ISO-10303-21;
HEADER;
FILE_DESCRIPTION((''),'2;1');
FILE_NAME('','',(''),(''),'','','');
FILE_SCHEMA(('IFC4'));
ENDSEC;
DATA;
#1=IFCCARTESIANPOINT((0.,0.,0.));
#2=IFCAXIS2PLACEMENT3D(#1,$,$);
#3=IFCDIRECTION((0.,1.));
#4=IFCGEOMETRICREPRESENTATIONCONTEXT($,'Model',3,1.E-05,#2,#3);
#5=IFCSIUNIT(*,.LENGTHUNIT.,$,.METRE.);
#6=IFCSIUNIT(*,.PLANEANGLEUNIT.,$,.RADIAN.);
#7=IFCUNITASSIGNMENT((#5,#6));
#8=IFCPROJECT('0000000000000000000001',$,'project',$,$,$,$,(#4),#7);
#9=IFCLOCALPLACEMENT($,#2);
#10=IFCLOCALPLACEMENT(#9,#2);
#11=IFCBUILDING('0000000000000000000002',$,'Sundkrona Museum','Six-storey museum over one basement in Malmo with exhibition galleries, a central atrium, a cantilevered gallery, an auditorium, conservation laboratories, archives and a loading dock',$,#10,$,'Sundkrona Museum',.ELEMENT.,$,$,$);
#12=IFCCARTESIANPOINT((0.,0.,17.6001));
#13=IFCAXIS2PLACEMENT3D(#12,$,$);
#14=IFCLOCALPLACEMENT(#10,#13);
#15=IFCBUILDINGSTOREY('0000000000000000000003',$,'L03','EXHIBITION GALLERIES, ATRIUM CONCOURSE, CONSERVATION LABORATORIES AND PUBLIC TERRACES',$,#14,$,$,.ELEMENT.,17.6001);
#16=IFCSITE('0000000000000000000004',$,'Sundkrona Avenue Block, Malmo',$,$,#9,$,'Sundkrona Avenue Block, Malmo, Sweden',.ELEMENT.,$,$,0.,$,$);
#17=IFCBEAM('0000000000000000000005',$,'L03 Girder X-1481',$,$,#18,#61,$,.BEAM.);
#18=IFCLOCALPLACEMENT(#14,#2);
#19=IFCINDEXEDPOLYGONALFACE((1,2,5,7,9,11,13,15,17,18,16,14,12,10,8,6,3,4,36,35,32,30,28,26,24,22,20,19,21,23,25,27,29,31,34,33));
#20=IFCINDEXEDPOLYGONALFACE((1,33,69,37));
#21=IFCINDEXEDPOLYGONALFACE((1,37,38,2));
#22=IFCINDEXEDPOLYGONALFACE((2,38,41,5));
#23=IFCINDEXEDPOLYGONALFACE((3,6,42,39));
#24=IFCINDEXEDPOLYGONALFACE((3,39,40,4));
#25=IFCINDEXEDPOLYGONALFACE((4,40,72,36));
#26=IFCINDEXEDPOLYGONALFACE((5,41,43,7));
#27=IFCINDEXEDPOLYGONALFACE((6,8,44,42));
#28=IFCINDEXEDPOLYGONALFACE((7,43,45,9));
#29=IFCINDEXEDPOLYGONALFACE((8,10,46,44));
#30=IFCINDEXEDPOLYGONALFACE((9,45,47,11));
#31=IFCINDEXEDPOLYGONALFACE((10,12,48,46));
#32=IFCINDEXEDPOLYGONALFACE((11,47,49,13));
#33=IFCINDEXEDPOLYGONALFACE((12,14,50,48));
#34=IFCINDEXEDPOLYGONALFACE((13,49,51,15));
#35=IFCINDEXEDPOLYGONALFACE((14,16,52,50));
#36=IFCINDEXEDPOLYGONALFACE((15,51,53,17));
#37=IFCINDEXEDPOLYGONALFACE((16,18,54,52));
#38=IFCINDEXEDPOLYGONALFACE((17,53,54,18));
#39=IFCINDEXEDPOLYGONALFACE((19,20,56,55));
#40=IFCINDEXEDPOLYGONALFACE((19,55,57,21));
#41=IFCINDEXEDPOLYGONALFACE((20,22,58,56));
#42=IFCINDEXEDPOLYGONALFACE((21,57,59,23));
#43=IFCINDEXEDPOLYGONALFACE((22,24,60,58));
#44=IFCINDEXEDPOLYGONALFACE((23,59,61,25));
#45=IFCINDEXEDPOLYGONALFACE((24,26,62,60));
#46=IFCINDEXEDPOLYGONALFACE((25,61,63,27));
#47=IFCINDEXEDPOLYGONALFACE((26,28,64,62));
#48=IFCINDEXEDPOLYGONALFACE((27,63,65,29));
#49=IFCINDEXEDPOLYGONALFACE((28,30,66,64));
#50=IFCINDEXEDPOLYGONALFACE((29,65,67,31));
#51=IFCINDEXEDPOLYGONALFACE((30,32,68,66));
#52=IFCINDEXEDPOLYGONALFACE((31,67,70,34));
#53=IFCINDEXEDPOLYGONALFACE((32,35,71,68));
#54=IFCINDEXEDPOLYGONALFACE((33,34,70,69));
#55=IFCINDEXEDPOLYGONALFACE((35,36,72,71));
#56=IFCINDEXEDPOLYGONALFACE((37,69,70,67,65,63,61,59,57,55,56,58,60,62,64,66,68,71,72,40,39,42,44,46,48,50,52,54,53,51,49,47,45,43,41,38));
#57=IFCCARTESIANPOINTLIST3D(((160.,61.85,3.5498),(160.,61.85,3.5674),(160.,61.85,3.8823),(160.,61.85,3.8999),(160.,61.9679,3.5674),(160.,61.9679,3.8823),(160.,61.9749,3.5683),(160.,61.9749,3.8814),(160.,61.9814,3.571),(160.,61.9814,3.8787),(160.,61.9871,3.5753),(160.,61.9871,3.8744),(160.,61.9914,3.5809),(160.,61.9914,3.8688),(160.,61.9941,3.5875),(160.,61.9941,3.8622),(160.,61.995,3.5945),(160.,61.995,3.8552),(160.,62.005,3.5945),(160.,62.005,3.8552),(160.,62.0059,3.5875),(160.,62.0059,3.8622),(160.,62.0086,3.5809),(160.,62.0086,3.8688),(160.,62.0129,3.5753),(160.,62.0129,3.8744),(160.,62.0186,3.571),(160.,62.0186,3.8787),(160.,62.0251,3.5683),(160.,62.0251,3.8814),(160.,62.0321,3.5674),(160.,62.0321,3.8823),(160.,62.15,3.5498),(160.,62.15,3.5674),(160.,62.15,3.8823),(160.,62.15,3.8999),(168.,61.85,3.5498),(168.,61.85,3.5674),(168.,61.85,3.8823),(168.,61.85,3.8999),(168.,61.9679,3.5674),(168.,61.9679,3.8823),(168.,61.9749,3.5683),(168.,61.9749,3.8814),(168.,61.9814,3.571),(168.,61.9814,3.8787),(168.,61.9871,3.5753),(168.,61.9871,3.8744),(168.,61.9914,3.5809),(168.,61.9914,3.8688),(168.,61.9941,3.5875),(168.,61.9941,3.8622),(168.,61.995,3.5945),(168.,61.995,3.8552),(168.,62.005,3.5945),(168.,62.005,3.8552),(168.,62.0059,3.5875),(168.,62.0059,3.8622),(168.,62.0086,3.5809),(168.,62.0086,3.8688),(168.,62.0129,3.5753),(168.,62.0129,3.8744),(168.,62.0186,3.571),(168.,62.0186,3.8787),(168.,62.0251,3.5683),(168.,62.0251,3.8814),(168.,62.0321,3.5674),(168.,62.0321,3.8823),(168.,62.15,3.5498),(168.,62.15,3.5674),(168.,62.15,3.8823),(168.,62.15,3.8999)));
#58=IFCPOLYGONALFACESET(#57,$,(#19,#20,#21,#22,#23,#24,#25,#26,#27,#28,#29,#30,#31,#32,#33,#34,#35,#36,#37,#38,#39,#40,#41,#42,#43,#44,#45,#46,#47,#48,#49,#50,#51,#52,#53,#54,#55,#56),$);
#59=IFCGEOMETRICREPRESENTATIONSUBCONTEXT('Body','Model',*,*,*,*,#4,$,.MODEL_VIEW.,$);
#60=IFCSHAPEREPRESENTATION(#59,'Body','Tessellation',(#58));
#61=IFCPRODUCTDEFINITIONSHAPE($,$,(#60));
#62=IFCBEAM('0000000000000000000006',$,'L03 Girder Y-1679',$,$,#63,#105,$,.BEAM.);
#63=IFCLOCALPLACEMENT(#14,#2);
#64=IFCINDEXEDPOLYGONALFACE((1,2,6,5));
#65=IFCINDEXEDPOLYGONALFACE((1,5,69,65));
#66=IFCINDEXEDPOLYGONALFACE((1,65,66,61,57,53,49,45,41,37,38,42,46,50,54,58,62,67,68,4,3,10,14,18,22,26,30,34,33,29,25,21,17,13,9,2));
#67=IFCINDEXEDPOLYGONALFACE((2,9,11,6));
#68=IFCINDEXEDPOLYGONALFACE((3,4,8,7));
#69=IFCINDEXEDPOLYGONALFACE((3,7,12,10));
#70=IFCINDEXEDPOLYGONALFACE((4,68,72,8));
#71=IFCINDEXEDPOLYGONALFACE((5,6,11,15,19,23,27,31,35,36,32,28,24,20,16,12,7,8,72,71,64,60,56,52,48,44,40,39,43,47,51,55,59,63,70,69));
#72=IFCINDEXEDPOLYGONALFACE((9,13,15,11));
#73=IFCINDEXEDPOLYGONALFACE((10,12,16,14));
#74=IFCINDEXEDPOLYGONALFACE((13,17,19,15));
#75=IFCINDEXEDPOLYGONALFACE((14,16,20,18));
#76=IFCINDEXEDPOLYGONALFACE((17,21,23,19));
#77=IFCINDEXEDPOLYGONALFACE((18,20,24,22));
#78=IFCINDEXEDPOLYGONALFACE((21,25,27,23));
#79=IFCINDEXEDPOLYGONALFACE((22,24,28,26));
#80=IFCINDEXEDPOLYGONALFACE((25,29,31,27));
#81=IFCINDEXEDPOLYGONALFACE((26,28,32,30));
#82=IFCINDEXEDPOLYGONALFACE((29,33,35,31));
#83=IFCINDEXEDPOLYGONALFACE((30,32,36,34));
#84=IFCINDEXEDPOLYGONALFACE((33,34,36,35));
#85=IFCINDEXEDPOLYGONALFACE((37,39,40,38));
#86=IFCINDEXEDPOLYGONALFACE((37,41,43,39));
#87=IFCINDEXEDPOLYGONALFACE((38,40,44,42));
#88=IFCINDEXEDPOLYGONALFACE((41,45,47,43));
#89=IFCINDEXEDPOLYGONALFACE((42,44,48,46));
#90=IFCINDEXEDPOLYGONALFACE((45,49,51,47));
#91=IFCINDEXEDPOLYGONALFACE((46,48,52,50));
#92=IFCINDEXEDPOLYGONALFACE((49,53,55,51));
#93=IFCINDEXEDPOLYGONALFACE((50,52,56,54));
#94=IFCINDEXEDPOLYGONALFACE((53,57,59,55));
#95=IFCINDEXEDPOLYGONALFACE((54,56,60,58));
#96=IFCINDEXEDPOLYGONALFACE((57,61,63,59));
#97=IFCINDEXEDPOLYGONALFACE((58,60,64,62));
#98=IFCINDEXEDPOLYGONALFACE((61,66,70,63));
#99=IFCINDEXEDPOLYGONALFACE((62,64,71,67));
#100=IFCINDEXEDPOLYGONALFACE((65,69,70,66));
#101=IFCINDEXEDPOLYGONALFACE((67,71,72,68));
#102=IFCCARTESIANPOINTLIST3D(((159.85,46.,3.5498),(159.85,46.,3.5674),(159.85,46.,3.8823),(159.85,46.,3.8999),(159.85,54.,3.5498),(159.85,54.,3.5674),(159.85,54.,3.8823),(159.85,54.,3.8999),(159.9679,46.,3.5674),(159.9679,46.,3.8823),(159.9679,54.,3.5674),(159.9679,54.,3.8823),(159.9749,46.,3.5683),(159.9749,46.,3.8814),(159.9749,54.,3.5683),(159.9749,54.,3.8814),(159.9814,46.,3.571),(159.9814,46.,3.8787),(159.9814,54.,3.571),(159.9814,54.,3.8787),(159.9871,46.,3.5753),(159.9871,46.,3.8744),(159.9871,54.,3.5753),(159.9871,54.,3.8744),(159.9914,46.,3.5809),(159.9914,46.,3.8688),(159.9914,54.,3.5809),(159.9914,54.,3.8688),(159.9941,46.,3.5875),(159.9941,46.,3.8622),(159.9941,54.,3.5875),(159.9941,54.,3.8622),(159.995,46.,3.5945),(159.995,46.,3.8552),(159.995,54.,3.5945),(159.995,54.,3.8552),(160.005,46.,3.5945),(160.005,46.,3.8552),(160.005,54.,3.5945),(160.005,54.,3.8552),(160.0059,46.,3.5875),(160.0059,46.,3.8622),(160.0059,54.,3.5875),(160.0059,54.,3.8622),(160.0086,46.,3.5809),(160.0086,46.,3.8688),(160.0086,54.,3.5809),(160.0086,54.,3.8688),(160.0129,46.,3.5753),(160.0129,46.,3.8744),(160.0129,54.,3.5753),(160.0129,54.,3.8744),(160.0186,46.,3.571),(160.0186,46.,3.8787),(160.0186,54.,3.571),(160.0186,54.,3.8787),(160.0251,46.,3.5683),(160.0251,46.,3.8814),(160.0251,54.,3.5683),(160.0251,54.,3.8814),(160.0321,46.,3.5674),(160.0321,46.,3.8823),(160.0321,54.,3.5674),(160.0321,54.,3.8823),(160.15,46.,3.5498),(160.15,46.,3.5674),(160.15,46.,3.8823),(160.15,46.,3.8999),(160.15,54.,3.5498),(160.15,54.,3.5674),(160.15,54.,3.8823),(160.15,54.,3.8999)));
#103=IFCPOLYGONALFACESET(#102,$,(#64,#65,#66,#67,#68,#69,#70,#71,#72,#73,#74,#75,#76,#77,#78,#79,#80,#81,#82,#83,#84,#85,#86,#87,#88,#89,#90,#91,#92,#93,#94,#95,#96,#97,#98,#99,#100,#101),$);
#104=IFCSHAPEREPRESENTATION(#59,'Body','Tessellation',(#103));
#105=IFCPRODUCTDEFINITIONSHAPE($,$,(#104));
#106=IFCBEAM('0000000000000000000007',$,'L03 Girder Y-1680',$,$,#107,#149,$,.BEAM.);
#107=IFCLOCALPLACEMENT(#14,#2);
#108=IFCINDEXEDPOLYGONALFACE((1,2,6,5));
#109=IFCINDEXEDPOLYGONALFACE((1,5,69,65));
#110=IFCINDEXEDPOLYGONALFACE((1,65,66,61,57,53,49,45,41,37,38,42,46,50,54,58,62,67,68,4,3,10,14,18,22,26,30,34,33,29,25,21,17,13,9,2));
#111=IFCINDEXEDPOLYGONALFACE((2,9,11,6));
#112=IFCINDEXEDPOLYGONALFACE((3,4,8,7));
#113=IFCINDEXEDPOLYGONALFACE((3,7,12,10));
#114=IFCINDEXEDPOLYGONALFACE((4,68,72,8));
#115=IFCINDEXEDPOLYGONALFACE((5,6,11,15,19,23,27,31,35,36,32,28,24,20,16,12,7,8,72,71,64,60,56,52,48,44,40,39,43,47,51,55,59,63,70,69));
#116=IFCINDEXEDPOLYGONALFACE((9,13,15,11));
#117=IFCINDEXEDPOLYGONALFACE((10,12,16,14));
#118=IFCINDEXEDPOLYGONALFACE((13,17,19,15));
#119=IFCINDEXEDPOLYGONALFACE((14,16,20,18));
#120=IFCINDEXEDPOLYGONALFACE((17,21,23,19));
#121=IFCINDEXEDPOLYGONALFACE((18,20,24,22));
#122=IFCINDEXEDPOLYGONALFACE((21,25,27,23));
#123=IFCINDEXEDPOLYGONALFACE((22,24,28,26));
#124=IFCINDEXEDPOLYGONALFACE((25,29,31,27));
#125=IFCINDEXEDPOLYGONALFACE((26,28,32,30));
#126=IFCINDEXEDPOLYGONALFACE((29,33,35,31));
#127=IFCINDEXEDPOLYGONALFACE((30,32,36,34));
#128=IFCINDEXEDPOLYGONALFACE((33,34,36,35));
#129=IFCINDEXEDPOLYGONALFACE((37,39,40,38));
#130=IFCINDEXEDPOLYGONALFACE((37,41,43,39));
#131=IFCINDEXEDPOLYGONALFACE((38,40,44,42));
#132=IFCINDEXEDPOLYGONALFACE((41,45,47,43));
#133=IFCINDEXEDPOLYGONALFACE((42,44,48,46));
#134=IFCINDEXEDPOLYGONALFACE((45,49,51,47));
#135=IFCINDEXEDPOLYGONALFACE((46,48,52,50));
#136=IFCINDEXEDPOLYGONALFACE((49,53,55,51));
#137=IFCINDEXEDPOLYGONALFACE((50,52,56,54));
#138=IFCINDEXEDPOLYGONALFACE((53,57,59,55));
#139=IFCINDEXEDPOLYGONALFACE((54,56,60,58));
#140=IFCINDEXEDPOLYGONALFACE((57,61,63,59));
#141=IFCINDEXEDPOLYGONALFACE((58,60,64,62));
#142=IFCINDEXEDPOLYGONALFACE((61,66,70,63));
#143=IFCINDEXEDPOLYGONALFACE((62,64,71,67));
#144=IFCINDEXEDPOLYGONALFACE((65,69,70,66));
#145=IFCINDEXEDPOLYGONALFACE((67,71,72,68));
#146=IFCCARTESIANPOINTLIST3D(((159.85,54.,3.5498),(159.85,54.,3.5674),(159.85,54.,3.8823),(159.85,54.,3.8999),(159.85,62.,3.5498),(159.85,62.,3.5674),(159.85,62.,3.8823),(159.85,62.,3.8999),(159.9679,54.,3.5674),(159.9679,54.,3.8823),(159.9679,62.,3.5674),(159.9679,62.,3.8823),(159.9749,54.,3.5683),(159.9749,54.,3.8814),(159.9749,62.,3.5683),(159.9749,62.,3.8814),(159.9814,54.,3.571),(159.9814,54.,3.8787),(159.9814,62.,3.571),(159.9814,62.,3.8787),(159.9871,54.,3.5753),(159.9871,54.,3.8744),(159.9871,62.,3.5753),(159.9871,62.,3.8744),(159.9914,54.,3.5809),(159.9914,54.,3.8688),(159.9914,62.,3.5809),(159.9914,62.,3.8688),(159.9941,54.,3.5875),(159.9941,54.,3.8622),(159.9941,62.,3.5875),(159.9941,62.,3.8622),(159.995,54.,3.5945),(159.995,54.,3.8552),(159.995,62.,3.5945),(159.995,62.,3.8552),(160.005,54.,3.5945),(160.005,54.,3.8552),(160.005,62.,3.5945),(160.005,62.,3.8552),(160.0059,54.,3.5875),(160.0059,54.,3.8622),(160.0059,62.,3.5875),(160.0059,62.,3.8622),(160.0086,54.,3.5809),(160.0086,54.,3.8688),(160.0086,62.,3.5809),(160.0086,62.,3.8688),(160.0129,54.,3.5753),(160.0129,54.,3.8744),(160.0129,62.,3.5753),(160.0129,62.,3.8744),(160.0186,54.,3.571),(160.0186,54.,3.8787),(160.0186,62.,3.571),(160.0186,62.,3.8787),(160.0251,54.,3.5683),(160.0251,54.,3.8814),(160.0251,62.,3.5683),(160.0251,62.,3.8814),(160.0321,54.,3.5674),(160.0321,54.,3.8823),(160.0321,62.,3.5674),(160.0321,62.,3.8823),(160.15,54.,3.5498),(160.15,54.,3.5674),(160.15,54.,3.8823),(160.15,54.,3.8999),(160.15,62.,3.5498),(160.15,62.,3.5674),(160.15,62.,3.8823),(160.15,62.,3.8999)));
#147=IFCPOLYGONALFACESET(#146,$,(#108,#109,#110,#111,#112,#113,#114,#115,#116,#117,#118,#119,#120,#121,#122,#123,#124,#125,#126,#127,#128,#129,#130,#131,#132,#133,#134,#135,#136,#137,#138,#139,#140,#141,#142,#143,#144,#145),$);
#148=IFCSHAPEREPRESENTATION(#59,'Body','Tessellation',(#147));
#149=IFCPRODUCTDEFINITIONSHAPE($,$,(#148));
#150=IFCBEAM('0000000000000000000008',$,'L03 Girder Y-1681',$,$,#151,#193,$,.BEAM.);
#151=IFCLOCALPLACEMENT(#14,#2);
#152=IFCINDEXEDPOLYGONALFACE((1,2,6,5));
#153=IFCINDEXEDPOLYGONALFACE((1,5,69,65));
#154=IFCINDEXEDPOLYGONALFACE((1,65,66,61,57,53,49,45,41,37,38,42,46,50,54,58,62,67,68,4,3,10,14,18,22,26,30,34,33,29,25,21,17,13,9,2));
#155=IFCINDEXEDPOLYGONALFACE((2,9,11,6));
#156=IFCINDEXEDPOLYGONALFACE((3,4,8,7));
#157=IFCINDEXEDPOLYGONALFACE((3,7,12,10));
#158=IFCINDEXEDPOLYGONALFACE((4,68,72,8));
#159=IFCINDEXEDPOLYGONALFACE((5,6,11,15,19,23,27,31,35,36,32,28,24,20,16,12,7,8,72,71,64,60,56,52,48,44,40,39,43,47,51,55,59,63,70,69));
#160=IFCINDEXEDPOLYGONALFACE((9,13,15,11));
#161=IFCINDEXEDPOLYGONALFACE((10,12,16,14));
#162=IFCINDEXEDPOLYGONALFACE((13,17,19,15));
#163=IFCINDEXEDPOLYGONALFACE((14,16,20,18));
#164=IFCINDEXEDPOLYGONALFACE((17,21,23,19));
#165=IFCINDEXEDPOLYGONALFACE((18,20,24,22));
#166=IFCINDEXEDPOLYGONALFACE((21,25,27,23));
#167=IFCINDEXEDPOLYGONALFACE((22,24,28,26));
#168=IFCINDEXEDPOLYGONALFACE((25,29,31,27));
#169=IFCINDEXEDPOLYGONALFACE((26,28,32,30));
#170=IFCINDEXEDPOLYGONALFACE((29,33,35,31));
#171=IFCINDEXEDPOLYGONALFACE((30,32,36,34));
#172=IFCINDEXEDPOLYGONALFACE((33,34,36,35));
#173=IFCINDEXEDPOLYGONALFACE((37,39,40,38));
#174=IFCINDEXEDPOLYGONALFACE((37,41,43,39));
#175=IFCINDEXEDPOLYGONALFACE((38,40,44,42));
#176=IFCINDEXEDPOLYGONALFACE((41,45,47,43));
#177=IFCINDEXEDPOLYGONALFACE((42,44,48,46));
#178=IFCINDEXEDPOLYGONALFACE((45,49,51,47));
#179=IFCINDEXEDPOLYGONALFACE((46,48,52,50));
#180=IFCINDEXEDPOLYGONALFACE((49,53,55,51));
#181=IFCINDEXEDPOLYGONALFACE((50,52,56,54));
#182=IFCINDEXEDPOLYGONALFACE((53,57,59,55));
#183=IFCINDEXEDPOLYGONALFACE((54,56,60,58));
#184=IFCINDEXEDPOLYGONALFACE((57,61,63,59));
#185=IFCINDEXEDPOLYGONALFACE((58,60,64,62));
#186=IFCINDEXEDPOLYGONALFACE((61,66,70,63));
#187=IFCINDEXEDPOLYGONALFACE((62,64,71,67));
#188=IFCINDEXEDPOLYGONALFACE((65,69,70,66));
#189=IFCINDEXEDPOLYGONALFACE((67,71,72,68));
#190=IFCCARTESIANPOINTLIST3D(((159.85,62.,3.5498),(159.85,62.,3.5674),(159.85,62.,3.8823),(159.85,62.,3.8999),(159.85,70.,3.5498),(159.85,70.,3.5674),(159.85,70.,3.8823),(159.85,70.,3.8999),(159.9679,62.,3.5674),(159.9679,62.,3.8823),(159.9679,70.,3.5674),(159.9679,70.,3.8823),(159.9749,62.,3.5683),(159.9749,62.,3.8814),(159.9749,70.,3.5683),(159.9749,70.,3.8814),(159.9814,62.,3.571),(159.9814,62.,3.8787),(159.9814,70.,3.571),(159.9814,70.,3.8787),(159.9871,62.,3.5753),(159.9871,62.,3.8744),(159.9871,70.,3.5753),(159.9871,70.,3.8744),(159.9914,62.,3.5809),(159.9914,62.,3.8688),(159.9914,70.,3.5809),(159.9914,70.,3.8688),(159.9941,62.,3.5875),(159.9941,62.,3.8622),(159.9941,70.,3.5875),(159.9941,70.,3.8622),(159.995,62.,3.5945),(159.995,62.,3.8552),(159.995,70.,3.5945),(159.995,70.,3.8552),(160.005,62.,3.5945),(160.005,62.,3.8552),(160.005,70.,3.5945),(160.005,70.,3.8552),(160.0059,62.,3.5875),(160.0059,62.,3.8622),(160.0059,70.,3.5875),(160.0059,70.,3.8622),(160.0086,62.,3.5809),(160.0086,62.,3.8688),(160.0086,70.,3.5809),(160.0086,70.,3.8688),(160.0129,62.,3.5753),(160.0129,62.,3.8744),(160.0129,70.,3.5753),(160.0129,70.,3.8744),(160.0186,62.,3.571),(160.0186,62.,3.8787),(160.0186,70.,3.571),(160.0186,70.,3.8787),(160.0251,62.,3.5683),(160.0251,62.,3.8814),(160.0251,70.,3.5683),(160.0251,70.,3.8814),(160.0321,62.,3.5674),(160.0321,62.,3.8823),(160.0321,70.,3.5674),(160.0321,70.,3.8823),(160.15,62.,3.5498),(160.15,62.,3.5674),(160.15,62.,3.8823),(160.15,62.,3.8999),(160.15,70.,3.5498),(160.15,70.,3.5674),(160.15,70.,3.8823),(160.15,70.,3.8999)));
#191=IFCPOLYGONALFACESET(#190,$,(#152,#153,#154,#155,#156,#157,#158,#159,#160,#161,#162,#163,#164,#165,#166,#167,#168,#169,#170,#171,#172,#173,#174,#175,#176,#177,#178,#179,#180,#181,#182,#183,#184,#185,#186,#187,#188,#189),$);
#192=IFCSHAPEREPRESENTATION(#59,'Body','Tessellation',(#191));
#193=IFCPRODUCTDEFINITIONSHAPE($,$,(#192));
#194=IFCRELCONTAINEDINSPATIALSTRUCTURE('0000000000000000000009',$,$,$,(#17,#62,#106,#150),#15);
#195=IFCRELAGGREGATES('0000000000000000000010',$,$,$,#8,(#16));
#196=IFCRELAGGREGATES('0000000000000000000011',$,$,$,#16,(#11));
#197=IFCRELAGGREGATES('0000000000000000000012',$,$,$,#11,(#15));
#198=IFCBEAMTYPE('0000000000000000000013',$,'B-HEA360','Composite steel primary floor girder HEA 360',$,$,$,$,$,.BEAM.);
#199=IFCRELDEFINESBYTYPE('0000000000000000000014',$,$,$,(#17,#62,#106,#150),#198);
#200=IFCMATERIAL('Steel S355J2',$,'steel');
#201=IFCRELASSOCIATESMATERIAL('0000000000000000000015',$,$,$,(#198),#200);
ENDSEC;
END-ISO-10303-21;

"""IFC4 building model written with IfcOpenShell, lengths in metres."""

from ifc_helpers import new_model, si_unit, direction, frame, origin, origin_2d, place, context, subcontext, project, spatial, i_section, extrude, material, material_profile, profile_set, type_object, element, save


model = new_model("IFC4")

# Units and contexts
model_context = context("Model", 3, precision=1e-05, world=origin(), true_north=direction((0.0, 1.0)))
body_context = subcontext(model_context, "Body", "Model", "MODEL_VIEW")
ifc_project = project(units=[si_unit("LENGTHUNIT", "METRE"), si_unit("PLANEANGLEUNIT", "RADIAN")], contexts=[model_context])

# Site, building, storey
site_placement = place(None, origin())
site = spatial("IfcSite", under=ifc_project, at=site_placement, Name="Sundkrona Avenue Block, Malmo", LongName="Sundkrona Avenue Block, Malmo, Sweden", CompositionType="ELEMENT", RefElevation=0.0)
building_placement = place(site_placement, origin())
building = spatial("IfcBuilding", under=site, at=building_placement, Name="Sundkrona Museum", Description="Six-storey museum over one basement in Malmo with exhibition galleries, a central atrium, a cantilevered gallery, an auditorium, conservation laboratories, archives and a loading dock", LongName="Sundkrona Museum", CompositionType="ELEMENT")
storey_placement = place(building_placement, frame((0.0, 0.0, 17.6001)))
storey = spatial("IfcBuildingStorey", under=building, at=storey_placement, Name="L03", Description="EXHIBITION GALLERIES, ATRIUM CONCOURSE, CONSERVATION LABORATORIES AND PUBLIC TERRACES", CompositionType="ELEMENT", Elevation=17.6001)

# Shared definitions
ifc_material_1 = material(Name="Steel S355J2", Category="steel")

# Beams
ifc_material_profile_1 = material_profile(ifc_material_1, i_section(OverallWidth=0.3, OverallDepth=0.3501, WebThickness=0.01, FlangeThickness=0.0176, FilletRadius=0.0271, at=origin_2d()), Name="HEA 360")
ifc_profile_set_1 = profile_set([ifc_material_profile_1], Name="Steel S355J2")
beam_type_1 = type_object("IfcBeamType", Name="B-HEA360", Description="Composite steel primary floor girder HEA 360", PredefinedType="BEAM", material=ifc_profile_set_1)
for number, where, z_axis, x_axis, name in (
    (1, (160.0, 62.0, 3.7249), (1.0, 0.0, 0.0), (0.0, 1.0, 0.0), "L03 Girder X-1481"),
    (2, (160.0, 46.0, 3.7249), (0.0, 1.0, 0.0), (-1.0, 0.0, 0.0), "L03 Girder Y-1679"),
    (3, (160.0, 54.0, 3.7249), (0.0, 1.0, 0.0), (-1.0, 0.0, 0.0), "L03 Girder Y-1680"),
    (4, (160.0, 62.0, 3.7249), (0.0, 1.0, 0.0), (-1.0, 0.0, 0.0), "L03 Girder Y-1681"),
):
    element("IfcBeam", number, at=place(storey_placement, frame(where, z_axis=z_axis, x_axis=x_axis)), inside=storey, type_object=beam_type_1, Name=name, PredefinedType="BEAM", context=body_context, shape_type="SweptSolid", body=[
        extrude(i_section(OverallWidth=0.3, OverallDepth=0.3501, WebThickness=0.01, FlangeThickness=0.0176, FilletRadius=0.0271, at=origin_2d()), origin(), (0.0, 0.0, 1.0), 8.0),
    ])

save(model, "model.ifc")
